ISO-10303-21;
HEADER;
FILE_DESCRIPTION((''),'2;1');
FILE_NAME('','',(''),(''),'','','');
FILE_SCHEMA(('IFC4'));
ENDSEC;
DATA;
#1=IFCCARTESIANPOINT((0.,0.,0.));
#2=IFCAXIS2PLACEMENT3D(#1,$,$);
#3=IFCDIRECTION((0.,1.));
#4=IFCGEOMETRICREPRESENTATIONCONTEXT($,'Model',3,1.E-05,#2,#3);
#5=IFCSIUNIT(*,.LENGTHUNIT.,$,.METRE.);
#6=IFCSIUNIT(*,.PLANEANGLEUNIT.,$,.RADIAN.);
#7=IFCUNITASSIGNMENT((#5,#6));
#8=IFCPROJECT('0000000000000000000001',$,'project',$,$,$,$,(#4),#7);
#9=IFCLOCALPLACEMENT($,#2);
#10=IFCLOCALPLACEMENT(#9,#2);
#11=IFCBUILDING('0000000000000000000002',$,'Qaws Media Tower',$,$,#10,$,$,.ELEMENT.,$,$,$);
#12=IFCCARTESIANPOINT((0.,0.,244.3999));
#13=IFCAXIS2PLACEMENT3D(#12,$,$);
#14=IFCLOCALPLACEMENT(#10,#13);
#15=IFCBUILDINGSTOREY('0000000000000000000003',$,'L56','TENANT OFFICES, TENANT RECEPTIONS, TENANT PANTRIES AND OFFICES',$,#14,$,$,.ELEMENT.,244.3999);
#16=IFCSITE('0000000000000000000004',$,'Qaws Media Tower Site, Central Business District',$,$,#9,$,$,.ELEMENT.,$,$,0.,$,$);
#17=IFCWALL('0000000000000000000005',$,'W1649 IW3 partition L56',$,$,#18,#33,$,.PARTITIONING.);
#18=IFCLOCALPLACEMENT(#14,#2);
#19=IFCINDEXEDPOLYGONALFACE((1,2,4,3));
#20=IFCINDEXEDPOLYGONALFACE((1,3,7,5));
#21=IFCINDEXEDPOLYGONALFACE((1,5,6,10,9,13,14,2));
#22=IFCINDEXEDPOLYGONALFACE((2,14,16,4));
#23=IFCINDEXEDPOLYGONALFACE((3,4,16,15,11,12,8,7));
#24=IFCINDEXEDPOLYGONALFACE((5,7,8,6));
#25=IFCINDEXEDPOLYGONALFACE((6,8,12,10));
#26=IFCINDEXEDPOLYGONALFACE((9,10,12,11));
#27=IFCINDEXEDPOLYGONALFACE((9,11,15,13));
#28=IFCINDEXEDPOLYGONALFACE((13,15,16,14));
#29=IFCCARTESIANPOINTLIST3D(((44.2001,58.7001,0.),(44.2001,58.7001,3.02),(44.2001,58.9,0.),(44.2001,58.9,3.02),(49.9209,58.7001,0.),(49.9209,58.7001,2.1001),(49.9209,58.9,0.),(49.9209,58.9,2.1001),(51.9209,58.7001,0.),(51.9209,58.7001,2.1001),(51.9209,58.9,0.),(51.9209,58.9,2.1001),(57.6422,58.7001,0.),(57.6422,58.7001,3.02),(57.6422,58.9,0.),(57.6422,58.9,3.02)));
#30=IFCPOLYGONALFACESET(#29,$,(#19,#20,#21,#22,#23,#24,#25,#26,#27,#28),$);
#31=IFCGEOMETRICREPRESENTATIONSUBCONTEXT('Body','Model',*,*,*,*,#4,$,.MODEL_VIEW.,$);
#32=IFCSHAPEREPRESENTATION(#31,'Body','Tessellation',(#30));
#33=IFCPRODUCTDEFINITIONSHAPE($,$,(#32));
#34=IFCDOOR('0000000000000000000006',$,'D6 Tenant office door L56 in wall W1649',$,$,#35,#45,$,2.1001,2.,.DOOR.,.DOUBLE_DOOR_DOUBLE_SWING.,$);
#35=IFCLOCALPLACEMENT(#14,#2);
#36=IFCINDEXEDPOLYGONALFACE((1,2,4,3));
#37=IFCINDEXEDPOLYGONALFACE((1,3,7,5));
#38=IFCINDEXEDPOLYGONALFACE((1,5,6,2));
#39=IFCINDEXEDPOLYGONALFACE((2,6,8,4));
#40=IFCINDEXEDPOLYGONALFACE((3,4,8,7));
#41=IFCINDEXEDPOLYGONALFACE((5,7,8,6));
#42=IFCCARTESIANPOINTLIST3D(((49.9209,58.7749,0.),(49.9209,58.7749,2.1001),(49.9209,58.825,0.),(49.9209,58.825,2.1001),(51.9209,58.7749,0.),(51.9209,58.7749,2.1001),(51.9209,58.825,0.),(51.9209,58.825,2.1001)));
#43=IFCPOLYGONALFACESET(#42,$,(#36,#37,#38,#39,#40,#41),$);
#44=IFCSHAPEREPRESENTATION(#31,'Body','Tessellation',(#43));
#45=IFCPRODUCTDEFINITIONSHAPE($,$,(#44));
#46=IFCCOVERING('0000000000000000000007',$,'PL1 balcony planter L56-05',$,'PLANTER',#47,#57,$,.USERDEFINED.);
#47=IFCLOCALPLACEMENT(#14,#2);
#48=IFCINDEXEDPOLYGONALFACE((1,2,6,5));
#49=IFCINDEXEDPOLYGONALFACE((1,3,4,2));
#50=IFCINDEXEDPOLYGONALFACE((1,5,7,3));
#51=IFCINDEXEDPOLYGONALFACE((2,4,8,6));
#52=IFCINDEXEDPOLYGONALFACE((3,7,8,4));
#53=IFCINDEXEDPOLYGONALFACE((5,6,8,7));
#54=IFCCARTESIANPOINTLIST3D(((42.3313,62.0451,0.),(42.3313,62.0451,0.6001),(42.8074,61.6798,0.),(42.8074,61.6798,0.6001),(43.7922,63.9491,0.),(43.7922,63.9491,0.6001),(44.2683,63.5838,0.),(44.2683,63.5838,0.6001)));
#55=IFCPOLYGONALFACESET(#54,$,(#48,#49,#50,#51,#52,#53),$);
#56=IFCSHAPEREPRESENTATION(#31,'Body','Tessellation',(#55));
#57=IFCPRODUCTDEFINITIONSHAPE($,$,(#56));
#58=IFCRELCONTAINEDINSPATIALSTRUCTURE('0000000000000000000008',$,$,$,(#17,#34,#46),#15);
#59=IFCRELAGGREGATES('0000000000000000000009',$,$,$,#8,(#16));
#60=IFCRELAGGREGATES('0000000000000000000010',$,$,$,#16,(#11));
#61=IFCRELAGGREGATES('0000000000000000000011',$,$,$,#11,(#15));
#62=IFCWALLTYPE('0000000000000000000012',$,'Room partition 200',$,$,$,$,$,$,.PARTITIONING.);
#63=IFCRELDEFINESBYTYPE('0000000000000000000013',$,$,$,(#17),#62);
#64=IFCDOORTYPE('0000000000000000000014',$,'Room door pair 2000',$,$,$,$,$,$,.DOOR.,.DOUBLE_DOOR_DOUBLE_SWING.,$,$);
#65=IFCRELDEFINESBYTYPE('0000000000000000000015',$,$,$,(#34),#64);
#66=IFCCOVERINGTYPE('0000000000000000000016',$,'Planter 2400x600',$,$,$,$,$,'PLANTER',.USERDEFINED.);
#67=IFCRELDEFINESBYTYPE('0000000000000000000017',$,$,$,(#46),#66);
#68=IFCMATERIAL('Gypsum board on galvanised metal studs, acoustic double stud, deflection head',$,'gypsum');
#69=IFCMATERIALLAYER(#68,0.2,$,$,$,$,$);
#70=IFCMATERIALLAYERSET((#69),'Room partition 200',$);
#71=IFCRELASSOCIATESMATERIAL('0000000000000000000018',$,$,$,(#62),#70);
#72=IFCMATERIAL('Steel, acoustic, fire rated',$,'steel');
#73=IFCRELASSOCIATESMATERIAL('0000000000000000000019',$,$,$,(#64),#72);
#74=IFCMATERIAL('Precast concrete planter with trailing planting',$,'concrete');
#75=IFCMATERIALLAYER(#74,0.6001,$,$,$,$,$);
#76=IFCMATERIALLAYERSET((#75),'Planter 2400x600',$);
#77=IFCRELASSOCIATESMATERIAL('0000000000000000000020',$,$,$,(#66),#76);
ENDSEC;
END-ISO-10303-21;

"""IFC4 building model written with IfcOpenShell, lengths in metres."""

from ifc_helpers import new_model, si_unit, direction, frame, frame_2d, origin, origin_2d, place, context, subcontext, project, spatial, rectangle, extrude, material, layer, layer_set, type_object, element, fill, save


model = new_model("IFC4")

# Units and contexts
model_context = context("Model", 3, precision=1e-05, world=origin(), true_north=direction((0.0, 1.0)))
body_context = subcontext(model_context, "Body", "Model", "MODEL_VIEW")
ifc_project = project(units=[si_unit("LENGTHUNIT", "METRE"), si_unit("PLANEANGLEUNIT", "RADIAN")], contexts=[model_context])

# Site, building, storey
site_placement = place(None, origin())
site = spatial("IfcSite", under=ifc_project, at=site_placement, Name="Qaws Media Tower Site, Central Business District", CompositionType="ELEMENT", RefElevation=0.0)
building_placement = place(site_placement, origin())
building = spatial("IfcBuilding", under=site, at=building_placement, Name="Qaws Media Tower", CompositionType="ELEMENT")
storey_placement = place(building_placement, frame((0.0, 0.0, 244.3999)))
storey = spatial("IfcBuildingStorey", under=building, at=storey_placement, Name="L56", Description="TENANT OFFICES, TENANT RECEPTIONS, TENANT PANTRIES AND OFFICES", CompositionType="ELEMENT", Elevation=244.3999)

# Wall, opening, door
ifc_material_1 = material(Name="Gypsum board on galvanised metal studs, acoustic double stud, deflection head", Category="gypsum")
ifc_layer_1 = layer(ifc_material_1, 0.2)
ifc_layer_set_1 = layer_set([ifc_layer_1], Name="Room partition 200")
wall_type = type_object("IfcWallType", Name="Room partition 200", PredefinedType="PARTITIONING", material=ifc_layer_set_1)
wall_placement = place(storey_placement, frame((44.2, 58.8, 0.0), z_axis=(0.0, 0.0, 1.0), x_axis=(1.0, 0.0, 0.0)))
wall = element("IfcWall", 1, at=wall_placement, inside=storey, type_object=wall_type, Name="W1649 IW3 partition L56", PredefinedType="PARTITIONING", context=body_context, shape_type="SweptSolid", body=[
    extrude(rectangle(XDim=13.4421, YDim=0.2, at=frame_2d((6.7212, 0.0))), origin(), (0.0, 0.0, 1.0), 3.02),
])
opening_placement = place(wall_placement, frame((5.7209, 0.0, 0.0)))
opening = element("IfcOpeningElement", 2, at=opening_placement, cuts=wall, PredefinedType="OPENING", context=body_context, shape_type="SweptSolid", body=[
    extrude(rectangle(XDim=2.0, YDim=2.1001, at=frame_2d((1.0, 1.05))), frame((0.0, 0.1099, 0.0), z_axis=(0.0, -1.0, 0.0), x_axis=(1.0, 0.0, 0.0)), (0.0, 0.0, 1.0), 0.22),
])
ifc_material_2 = material(Name="Steel, acoustic, fire rated", Category="steel")
door_type = type_object("IfcDoorType", Name="Room door pair 2000", OperationType="DOUBLE_DOOR_DOUBLE_SWING", PredefinedType="DOOR", material=ifc_material_2)
door_placement = place(opening_placement, origin())
door = element("IfcDoor", 3, at=door_placement, inside=storey, type_object=door_type, Name="D6 Tenant office door L56 in wall W1649", OperationType="DOUBLE_DOOR_DOUBLE_SWING", OverallHeight=2.1001, OverallWidth=2.0, PredefinedType="DOOR", context=body_context, shape_type="SweptSolid", body=[
    extrude(rectangle(XDim=2.0, YDim=2.1001, at=frame_2d((1.0, 1.05))), frame((0.0, 0.0249, 0.0), z_axis=(0.0, -1.0, 0.0), x_axis=(1.0, 0.0, 0.0)), (0.0, 0.0, 1.0), 0.05),
])
fill(opening, door)

# Covering
ifc_material_3 = material(Name="Precast concrete planter with trailing planting", Category="concrete")
ifc_layer_2 = layer(ifc_material_3, 0.6001)
ifc_layer_set_2 = layer_set([ifc_layer_2], Name="Planter 2400x600")
covering_type = type_object("IfcCoveringType", Name="Planter 2400x600", ElementType="PLANTER", PredefinedType="USERDEFINED", material=ifc_layer_set_2)
covering_placement = place(storey_placement, frame((43.2998, 62.8145, 0.0), z_axis=(0.0, 0.0, 1.0), x_axis=(-0.608761, -0.793353, 0.0)))
element("IfcCovering", 4, at=covering_placement, inside=storey, type_object=covering_type, Name="PL1 balcony planter L56-05", ObjectType="PLANTER", PredefinedType="USERDEFINED", context=body_context, shape_type="SweptSolid", body=[
    extrude(rectangle(XDim=2.3999, YDim=0.6001, at=origin_2d()), origin(), (0.0, 0.0, 1.0), 0.6001),
])

save(model, "model.ifc")
